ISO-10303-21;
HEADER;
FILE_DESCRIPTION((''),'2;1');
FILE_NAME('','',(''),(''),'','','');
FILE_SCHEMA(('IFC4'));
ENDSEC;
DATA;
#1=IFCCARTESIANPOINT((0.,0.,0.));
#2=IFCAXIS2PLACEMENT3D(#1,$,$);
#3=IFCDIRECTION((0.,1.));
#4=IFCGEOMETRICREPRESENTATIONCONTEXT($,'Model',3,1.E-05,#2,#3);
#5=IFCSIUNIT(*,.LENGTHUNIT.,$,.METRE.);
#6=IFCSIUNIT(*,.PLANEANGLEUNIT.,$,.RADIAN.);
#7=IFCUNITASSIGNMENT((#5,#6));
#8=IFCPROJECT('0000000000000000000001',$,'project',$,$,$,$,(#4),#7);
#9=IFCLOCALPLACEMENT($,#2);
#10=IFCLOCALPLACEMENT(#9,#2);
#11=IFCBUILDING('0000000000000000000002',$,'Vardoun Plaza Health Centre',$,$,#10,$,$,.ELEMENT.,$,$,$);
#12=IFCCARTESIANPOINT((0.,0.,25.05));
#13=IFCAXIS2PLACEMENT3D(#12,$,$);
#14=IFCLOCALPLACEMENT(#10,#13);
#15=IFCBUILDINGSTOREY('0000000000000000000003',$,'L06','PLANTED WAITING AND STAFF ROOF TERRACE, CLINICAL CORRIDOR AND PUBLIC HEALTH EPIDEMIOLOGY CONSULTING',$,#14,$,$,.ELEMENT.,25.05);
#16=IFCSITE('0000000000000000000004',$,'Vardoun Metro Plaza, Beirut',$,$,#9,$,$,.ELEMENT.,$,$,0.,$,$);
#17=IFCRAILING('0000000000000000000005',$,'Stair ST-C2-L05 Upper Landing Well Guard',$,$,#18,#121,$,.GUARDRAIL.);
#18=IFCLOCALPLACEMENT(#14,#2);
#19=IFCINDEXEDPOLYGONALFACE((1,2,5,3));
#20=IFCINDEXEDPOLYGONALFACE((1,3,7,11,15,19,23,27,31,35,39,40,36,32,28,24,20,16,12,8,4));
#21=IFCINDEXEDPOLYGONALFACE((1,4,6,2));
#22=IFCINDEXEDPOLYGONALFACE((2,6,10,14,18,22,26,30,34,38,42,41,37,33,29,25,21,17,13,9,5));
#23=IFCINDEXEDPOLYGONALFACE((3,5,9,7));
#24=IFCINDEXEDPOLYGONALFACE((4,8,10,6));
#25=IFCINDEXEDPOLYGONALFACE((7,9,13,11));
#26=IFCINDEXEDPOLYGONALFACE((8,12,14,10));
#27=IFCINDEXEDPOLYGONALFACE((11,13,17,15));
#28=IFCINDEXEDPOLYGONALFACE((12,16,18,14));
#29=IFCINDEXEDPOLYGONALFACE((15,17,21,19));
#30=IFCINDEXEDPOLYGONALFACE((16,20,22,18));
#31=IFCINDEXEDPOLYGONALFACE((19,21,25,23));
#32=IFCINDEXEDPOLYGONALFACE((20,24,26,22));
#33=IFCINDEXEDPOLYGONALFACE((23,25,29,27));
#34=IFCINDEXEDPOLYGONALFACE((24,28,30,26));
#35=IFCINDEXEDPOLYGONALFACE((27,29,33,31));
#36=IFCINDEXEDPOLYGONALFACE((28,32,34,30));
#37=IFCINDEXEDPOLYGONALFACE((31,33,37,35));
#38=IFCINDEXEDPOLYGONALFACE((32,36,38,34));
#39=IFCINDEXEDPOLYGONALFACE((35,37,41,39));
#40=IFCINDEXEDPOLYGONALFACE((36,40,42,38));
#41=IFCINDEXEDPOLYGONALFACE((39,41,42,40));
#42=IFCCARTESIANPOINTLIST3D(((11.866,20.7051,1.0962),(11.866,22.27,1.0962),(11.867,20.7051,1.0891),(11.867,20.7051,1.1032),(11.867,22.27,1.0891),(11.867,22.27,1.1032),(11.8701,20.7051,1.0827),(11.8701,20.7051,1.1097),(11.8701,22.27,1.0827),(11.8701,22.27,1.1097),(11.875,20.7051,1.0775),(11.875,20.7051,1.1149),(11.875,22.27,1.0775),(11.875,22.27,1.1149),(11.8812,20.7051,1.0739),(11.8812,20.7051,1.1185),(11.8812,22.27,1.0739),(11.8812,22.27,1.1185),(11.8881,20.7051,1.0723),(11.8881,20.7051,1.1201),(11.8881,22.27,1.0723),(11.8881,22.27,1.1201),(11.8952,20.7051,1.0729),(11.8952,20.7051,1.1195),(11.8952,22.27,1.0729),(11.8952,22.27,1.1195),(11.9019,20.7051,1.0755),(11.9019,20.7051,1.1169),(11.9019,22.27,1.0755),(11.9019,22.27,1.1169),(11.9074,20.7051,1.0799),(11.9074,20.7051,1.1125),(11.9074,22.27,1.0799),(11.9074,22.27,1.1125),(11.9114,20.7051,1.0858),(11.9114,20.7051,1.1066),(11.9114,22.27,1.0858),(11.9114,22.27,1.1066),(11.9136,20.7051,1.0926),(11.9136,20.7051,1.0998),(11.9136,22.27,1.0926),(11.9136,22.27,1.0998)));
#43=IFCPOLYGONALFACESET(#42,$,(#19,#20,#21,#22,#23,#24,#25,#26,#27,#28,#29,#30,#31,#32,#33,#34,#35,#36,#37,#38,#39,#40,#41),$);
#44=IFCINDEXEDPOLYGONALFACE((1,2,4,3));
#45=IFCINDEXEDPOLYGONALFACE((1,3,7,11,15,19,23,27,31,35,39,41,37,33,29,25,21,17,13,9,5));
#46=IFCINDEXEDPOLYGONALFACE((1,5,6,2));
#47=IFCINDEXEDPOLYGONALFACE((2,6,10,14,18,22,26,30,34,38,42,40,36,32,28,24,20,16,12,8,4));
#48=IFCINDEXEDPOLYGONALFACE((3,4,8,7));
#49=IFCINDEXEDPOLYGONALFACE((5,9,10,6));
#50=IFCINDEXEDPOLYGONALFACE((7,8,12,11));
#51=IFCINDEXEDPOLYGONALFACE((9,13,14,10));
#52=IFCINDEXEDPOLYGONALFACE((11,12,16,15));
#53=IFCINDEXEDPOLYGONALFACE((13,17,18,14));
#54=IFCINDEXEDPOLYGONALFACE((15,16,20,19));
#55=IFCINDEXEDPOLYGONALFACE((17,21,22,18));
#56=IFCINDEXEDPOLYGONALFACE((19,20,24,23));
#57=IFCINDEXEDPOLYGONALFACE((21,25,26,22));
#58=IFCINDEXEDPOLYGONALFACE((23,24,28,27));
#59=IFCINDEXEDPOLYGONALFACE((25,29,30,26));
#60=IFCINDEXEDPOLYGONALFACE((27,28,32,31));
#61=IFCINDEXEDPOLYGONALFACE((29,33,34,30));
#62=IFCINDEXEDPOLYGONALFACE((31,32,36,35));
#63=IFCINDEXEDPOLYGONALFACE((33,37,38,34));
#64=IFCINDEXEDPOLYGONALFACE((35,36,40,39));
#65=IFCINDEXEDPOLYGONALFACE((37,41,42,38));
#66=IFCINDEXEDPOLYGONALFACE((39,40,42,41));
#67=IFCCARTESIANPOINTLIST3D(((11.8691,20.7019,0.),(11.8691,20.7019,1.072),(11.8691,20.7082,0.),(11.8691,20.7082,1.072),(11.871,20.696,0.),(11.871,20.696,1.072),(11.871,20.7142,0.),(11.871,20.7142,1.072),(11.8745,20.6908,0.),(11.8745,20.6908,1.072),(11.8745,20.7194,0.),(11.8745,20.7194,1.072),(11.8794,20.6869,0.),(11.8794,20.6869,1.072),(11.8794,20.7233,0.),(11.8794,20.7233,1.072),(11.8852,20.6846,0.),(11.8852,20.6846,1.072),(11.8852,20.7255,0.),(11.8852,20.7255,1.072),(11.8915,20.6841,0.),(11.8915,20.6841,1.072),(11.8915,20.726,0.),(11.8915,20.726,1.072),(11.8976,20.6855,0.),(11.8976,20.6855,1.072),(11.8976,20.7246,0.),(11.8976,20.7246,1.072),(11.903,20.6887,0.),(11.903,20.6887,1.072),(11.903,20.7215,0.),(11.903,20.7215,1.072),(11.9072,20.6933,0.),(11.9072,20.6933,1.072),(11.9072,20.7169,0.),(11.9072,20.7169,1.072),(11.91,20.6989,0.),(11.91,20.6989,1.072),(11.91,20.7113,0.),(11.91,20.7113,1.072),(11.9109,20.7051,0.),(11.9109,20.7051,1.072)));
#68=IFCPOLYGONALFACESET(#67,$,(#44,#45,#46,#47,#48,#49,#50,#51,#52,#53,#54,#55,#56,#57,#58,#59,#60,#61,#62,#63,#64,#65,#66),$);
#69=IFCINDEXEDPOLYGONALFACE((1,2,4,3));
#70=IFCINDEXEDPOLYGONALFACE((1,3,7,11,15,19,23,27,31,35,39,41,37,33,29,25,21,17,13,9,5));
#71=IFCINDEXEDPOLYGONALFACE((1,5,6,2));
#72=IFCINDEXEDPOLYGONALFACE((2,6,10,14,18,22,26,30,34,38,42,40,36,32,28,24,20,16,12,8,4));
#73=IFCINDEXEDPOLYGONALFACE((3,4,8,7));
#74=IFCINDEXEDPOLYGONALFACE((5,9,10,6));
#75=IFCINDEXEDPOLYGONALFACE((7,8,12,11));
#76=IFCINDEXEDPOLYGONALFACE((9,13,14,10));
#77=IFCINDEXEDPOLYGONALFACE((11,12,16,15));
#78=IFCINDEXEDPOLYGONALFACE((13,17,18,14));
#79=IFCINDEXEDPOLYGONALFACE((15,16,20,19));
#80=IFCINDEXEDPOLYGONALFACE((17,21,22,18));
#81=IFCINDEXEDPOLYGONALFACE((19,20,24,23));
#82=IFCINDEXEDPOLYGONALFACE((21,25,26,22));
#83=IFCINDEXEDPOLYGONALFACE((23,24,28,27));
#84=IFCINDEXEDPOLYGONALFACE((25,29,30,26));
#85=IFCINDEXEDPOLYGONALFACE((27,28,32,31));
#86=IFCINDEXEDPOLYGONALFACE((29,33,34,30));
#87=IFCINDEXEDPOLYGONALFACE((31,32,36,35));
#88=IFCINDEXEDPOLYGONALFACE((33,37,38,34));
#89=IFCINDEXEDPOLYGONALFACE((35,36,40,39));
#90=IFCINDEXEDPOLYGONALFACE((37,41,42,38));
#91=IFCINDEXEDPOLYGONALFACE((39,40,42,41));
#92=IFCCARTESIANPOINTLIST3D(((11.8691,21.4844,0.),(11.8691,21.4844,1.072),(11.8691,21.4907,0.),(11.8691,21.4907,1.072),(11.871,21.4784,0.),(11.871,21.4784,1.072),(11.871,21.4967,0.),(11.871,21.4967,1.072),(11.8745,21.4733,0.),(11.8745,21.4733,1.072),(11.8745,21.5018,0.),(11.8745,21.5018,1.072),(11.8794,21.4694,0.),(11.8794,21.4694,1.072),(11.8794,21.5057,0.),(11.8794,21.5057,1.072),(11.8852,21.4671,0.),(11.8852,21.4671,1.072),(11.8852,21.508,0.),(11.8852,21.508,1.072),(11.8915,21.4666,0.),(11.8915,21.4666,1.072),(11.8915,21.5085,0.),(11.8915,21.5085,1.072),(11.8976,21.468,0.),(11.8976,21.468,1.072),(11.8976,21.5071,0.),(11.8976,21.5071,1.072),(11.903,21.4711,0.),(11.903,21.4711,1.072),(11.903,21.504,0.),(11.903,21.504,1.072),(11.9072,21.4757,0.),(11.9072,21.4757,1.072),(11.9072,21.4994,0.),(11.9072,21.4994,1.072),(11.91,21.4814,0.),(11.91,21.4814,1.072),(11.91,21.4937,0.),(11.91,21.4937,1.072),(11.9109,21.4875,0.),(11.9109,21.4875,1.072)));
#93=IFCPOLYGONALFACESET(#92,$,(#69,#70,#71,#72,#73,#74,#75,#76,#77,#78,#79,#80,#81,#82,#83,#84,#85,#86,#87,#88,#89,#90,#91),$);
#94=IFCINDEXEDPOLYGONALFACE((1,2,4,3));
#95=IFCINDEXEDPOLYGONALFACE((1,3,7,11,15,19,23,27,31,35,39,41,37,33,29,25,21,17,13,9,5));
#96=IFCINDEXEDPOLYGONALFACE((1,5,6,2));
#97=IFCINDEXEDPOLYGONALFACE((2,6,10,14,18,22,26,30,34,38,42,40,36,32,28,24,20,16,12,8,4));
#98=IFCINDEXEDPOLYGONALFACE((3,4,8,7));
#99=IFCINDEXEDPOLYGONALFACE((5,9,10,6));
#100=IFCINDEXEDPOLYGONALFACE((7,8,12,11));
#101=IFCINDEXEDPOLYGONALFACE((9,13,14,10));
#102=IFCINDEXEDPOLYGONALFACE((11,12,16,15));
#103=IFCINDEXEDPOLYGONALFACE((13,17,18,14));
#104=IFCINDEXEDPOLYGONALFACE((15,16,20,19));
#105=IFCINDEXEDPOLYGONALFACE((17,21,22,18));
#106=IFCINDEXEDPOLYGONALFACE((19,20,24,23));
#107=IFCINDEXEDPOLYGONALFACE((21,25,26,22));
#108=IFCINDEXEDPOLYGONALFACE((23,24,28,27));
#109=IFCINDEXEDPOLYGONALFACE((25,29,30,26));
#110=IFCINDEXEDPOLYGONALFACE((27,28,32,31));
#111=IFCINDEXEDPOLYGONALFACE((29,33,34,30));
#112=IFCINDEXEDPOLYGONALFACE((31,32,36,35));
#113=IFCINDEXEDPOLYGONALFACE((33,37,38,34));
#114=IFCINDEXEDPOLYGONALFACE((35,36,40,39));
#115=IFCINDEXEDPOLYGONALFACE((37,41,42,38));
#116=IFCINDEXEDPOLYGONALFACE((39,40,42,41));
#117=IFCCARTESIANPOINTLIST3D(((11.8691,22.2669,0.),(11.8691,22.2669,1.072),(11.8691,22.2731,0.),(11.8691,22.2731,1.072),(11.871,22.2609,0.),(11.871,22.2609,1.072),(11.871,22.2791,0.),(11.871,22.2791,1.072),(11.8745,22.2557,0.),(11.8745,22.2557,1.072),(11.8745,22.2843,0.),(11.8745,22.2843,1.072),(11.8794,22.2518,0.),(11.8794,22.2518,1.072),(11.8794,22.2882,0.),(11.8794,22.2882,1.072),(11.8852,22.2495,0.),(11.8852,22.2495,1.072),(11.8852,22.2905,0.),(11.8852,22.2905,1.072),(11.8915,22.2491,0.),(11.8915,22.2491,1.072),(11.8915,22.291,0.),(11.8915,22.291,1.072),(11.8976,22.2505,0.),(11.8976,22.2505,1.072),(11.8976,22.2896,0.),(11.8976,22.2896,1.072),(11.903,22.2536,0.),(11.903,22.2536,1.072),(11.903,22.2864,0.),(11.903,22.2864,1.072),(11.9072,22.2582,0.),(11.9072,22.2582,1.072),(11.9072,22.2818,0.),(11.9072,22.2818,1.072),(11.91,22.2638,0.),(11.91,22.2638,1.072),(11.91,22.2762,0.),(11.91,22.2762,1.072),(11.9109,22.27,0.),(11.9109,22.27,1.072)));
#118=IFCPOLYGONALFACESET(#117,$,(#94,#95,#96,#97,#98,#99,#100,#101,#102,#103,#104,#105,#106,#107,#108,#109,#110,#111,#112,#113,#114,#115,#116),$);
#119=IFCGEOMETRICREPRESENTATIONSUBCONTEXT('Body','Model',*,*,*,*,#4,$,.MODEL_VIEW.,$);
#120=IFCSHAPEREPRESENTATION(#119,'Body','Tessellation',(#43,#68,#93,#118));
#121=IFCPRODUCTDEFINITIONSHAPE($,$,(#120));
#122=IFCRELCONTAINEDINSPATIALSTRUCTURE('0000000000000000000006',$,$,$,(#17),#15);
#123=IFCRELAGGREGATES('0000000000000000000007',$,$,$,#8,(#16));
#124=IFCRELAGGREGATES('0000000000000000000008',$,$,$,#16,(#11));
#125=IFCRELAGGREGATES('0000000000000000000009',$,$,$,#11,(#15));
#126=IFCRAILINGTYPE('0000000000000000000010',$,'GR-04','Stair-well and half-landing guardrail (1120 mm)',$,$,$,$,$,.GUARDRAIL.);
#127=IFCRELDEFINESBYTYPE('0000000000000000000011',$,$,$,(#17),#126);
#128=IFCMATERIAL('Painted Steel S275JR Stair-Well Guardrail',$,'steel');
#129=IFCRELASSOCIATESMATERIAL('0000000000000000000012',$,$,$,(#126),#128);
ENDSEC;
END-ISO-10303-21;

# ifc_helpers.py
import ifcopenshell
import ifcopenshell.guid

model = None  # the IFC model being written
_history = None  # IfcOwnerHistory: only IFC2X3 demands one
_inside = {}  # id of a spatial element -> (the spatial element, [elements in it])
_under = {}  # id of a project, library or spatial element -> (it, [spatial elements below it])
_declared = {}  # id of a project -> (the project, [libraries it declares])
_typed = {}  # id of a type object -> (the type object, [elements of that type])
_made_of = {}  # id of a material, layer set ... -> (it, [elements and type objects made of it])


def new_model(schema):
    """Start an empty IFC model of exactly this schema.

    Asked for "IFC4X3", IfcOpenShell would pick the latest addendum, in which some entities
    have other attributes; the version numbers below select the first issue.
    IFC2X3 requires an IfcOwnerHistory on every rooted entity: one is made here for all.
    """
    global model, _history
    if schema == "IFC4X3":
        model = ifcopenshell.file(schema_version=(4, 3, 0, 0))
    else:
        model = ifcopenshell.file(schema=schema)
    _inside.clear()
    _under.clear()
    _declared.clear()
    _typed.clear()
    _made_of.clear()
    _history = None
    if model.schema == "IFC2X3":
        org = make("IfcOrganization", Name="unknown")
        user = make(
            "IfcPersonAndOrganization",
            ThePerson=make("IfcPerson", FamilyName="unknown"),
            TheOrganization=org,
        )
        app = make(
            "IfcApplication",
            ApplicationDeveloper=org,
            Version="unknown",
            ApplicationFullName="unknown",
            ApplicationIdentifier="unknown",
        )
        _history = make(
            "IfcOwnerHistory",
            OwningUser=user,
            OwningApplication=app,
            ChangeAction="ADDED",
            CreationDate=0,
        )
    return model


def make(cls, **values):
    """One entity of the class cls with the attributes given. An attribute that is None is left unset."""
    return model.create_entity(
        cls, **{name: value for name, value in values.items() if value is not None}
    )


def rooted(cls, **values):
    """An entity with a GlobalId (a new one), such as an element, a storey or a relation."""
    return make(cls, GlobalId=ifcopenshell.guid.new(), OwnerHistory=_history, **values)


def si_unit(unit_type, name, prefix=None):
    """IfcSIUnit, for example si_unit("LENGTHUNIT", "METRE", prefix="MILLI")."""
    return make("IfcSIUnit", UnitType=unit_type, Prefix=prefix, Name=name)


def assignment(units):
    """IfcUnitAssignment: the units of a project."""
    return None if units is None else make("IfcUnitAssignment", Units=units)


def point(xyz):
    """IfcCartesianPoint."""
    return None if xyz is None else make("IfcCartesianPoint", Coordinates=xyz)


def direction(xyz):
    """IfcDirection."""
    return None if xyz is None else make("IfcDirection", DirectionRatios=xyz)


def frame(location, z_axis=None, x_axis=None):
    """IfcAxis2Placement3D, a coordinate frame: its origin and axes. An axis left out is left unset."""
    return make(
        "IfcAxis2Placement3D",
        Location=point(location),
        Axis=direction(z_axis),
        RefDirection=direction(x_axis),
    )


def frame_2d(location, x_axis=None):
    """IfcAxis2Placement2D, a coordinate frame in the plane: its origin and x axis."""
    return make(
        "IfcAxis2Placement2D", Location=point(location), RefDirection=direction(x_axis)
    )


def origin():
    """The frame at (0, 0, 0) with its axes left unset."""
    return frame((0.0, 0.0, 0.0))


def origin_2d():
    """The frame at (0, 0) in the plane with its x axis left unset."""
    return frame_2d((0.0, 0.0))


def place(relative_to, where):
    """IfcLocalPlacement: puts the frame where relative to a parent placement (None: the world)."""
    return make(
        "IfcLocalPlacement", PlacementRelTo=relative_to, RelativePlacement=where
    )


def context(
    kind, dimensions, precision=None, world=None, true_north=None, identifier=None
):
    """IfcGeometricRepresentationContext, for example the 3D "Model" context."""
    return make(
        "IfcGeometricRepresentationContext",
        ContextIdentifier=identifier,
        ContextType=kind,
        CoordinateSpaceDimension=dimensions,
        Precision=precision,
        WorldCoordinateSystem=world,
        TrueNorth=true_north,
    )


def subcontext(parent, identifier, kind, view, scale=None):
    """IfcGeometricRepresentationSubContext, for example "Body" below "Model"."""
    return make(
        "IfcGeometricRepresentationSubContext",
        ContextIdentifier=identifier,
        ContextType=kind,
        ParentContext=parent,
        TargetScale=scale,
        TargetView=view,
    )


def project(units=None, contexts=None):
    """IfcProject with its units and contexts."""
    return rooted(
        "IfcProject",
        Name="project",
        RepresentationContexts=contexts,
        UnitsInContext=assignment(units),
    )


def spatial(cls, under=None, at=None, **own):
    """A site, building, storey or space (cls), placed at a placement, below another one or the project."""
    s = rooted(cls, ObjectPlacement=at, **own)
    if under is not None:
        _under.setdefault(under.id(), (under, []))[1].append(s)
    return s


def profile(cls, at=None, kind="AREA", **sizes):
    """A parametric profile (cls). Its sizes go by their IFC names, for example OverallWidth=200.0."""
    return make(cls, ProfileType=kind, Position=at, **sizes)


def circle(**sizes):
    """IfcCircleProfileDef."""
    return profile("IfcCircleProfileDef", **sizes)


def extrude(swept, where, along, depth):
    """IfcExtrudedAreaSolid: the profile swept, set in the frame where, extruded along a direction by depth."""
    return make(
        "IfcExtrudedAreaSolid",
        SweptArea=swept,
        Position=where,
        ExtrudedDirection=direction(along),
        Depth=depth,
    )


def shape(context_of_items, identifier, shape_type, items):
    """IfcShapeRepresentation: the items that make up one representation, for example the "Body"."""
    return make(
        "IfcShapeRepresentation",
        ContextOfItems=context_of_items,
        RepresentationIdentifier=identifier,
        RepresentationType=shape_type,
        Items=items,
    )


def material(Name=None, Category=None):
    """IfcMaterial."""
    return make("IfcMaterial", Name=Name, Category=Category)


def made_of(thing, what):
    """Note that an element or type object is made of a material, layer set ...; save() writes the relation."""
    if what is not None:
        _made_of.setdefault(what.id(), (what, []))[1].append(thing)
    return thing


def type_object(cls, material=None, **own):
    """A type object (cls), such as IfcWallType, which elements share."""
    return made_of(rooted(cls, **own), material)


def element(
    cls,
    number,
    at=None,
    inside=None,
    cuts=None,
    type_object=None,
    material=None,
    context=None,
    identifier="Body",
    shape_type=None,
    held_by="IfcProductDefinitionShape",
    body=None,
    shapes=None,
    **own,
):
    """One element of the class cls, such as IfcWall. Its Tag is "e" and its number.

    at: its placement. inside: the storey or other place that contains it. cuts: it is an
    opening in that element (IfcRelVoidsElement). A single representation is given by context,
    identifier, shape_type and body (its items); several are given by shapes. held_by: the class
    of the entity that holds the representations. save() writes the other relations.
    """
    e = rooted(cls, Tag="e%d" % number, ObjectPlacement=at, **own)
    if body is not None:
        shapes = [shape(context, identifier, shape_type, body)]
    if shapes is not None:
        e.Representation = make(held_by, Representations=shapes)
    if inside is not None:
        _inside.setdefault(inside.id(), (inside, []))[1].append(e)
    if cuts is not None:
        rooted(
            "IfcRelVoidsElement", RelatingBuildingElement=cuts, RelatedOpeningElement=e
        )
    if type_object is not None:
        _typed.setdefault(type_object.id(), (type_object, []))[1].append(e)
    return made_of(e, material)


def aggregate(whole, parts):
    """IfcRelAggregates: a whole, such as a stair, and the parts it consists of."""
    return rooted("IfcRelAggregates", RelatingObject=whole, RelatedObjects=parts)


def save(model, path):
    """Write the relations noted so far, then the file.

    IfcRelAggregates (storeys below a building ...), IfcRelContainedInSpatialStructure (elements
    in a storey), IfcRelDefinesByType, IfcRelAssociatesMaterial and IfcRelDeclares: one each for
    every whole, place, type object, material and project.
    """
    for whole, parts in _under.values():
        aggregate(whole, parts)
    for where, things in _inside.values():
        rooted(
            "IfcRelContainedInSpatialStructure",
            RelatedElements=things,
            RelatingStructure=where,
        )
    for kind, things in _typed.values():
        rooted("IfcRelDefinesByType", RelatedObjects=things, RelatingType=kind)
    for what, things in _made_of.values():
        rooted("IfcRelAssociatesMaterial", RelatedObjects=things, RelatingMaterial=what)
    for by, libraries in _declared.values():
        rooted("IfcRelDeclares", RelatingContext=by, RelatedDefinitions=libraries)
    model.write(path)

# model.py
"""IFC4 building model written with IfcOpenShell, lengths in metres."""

from ifc_helpers import new_model, si_unit, direction, frame, origin, origin_2d, place, context, subcontext, project, spatial, circle, extrude, material, type_object, element, save


model = new_model("IFC4")

# Units and contexts
model_context = context("Model", 3, precision=1e-05, world=origin(), true_north=direction((0.0, 1.0)))
body_context = subcontext(model_context, "Body", "Model", "MODEL_VIEW")
ifc_project = project(units=[si_unit("LENGTHUNIT", "METRE"), si_unit("PLANEANGLEUNIT", "RADIAN")], contexts=[model_context])

# Site, building, storey
site_placement = place(None, origin())
site = spatial("IfcSite", under=ifc_project, at=site_placement, Name="Vardoun Metro Plaza, Beirut", CompositionType="ELEMENT", RefElevation=0.0)
building_placement = place(site_placement, origin())
building = spatial("IfcBuilding", under=site, at=building_placement, Name="Vardoun Plaza Health Centre", CompositionType="ELEMENT")
storey_placement = place(building_placement, frame((0.0, 0.0, 25.05)))
storey = spatial("IfcBuildingStorey", under=building, at=storey_placement, Name="L06", Description="PLANTED WAITING AND STAFF ROOF TERRACE, CLINICAL CORRIDOR AND PUBLIC HEALTH EPIDEMIOLOGY CONSULTING", CompositionType="ELEMENT", Elevation=25.05)

# Railing
ifc_material_1 = material(Name="Painted Steel S275JR Stair-Well Guardrail", Category="steel")
railing_type = type_object("IfcRailingType", Name="GR-04", Description="Stair-well and half-landing guardrail (1120 mm)", PredefinedType="GUARDRAIL", material=ifc_material_1)
railing_placement = place(storey_placement, frame((11.8899, 20.7051, 0.0)))
element("IfcRailing", 1, at=railing_placement, inside=storey, type_object=railing_type, Name="Stair ST-C2-L05 Upper Landing Well Guard", PredefinedType="GUARDRAIL", context=body_context, shape_type="SweptSolid", body=[
    extrude(circle(Radius=0.0239, at=origin_2d()), frame((0.0, 0.0, 1.0962), z_axis=(0.0, 1.0, 0.0), x_axis=(-1.0, 0.0, 0.0)), (0.0, 0.0, 1.0), 1.5649),
    extrude(circle(Radius=0.021, at=origin_2d()), origin(), (0.0, 0.0, 1.0), 1.072),
    extrude(circle(Radius=0.021, at=origin_2d()), frame((0.0, 0.7825, 0.0)), (0.0, 0.0, 1.0), 1.072),
    extrude(circle(Radius=0.021, at=origin_2d()), frame((0.0, 1.5649, 0.0)), (0.0, 0.0, 1.0), 1.072),
])

save(model, "model.ifc")
